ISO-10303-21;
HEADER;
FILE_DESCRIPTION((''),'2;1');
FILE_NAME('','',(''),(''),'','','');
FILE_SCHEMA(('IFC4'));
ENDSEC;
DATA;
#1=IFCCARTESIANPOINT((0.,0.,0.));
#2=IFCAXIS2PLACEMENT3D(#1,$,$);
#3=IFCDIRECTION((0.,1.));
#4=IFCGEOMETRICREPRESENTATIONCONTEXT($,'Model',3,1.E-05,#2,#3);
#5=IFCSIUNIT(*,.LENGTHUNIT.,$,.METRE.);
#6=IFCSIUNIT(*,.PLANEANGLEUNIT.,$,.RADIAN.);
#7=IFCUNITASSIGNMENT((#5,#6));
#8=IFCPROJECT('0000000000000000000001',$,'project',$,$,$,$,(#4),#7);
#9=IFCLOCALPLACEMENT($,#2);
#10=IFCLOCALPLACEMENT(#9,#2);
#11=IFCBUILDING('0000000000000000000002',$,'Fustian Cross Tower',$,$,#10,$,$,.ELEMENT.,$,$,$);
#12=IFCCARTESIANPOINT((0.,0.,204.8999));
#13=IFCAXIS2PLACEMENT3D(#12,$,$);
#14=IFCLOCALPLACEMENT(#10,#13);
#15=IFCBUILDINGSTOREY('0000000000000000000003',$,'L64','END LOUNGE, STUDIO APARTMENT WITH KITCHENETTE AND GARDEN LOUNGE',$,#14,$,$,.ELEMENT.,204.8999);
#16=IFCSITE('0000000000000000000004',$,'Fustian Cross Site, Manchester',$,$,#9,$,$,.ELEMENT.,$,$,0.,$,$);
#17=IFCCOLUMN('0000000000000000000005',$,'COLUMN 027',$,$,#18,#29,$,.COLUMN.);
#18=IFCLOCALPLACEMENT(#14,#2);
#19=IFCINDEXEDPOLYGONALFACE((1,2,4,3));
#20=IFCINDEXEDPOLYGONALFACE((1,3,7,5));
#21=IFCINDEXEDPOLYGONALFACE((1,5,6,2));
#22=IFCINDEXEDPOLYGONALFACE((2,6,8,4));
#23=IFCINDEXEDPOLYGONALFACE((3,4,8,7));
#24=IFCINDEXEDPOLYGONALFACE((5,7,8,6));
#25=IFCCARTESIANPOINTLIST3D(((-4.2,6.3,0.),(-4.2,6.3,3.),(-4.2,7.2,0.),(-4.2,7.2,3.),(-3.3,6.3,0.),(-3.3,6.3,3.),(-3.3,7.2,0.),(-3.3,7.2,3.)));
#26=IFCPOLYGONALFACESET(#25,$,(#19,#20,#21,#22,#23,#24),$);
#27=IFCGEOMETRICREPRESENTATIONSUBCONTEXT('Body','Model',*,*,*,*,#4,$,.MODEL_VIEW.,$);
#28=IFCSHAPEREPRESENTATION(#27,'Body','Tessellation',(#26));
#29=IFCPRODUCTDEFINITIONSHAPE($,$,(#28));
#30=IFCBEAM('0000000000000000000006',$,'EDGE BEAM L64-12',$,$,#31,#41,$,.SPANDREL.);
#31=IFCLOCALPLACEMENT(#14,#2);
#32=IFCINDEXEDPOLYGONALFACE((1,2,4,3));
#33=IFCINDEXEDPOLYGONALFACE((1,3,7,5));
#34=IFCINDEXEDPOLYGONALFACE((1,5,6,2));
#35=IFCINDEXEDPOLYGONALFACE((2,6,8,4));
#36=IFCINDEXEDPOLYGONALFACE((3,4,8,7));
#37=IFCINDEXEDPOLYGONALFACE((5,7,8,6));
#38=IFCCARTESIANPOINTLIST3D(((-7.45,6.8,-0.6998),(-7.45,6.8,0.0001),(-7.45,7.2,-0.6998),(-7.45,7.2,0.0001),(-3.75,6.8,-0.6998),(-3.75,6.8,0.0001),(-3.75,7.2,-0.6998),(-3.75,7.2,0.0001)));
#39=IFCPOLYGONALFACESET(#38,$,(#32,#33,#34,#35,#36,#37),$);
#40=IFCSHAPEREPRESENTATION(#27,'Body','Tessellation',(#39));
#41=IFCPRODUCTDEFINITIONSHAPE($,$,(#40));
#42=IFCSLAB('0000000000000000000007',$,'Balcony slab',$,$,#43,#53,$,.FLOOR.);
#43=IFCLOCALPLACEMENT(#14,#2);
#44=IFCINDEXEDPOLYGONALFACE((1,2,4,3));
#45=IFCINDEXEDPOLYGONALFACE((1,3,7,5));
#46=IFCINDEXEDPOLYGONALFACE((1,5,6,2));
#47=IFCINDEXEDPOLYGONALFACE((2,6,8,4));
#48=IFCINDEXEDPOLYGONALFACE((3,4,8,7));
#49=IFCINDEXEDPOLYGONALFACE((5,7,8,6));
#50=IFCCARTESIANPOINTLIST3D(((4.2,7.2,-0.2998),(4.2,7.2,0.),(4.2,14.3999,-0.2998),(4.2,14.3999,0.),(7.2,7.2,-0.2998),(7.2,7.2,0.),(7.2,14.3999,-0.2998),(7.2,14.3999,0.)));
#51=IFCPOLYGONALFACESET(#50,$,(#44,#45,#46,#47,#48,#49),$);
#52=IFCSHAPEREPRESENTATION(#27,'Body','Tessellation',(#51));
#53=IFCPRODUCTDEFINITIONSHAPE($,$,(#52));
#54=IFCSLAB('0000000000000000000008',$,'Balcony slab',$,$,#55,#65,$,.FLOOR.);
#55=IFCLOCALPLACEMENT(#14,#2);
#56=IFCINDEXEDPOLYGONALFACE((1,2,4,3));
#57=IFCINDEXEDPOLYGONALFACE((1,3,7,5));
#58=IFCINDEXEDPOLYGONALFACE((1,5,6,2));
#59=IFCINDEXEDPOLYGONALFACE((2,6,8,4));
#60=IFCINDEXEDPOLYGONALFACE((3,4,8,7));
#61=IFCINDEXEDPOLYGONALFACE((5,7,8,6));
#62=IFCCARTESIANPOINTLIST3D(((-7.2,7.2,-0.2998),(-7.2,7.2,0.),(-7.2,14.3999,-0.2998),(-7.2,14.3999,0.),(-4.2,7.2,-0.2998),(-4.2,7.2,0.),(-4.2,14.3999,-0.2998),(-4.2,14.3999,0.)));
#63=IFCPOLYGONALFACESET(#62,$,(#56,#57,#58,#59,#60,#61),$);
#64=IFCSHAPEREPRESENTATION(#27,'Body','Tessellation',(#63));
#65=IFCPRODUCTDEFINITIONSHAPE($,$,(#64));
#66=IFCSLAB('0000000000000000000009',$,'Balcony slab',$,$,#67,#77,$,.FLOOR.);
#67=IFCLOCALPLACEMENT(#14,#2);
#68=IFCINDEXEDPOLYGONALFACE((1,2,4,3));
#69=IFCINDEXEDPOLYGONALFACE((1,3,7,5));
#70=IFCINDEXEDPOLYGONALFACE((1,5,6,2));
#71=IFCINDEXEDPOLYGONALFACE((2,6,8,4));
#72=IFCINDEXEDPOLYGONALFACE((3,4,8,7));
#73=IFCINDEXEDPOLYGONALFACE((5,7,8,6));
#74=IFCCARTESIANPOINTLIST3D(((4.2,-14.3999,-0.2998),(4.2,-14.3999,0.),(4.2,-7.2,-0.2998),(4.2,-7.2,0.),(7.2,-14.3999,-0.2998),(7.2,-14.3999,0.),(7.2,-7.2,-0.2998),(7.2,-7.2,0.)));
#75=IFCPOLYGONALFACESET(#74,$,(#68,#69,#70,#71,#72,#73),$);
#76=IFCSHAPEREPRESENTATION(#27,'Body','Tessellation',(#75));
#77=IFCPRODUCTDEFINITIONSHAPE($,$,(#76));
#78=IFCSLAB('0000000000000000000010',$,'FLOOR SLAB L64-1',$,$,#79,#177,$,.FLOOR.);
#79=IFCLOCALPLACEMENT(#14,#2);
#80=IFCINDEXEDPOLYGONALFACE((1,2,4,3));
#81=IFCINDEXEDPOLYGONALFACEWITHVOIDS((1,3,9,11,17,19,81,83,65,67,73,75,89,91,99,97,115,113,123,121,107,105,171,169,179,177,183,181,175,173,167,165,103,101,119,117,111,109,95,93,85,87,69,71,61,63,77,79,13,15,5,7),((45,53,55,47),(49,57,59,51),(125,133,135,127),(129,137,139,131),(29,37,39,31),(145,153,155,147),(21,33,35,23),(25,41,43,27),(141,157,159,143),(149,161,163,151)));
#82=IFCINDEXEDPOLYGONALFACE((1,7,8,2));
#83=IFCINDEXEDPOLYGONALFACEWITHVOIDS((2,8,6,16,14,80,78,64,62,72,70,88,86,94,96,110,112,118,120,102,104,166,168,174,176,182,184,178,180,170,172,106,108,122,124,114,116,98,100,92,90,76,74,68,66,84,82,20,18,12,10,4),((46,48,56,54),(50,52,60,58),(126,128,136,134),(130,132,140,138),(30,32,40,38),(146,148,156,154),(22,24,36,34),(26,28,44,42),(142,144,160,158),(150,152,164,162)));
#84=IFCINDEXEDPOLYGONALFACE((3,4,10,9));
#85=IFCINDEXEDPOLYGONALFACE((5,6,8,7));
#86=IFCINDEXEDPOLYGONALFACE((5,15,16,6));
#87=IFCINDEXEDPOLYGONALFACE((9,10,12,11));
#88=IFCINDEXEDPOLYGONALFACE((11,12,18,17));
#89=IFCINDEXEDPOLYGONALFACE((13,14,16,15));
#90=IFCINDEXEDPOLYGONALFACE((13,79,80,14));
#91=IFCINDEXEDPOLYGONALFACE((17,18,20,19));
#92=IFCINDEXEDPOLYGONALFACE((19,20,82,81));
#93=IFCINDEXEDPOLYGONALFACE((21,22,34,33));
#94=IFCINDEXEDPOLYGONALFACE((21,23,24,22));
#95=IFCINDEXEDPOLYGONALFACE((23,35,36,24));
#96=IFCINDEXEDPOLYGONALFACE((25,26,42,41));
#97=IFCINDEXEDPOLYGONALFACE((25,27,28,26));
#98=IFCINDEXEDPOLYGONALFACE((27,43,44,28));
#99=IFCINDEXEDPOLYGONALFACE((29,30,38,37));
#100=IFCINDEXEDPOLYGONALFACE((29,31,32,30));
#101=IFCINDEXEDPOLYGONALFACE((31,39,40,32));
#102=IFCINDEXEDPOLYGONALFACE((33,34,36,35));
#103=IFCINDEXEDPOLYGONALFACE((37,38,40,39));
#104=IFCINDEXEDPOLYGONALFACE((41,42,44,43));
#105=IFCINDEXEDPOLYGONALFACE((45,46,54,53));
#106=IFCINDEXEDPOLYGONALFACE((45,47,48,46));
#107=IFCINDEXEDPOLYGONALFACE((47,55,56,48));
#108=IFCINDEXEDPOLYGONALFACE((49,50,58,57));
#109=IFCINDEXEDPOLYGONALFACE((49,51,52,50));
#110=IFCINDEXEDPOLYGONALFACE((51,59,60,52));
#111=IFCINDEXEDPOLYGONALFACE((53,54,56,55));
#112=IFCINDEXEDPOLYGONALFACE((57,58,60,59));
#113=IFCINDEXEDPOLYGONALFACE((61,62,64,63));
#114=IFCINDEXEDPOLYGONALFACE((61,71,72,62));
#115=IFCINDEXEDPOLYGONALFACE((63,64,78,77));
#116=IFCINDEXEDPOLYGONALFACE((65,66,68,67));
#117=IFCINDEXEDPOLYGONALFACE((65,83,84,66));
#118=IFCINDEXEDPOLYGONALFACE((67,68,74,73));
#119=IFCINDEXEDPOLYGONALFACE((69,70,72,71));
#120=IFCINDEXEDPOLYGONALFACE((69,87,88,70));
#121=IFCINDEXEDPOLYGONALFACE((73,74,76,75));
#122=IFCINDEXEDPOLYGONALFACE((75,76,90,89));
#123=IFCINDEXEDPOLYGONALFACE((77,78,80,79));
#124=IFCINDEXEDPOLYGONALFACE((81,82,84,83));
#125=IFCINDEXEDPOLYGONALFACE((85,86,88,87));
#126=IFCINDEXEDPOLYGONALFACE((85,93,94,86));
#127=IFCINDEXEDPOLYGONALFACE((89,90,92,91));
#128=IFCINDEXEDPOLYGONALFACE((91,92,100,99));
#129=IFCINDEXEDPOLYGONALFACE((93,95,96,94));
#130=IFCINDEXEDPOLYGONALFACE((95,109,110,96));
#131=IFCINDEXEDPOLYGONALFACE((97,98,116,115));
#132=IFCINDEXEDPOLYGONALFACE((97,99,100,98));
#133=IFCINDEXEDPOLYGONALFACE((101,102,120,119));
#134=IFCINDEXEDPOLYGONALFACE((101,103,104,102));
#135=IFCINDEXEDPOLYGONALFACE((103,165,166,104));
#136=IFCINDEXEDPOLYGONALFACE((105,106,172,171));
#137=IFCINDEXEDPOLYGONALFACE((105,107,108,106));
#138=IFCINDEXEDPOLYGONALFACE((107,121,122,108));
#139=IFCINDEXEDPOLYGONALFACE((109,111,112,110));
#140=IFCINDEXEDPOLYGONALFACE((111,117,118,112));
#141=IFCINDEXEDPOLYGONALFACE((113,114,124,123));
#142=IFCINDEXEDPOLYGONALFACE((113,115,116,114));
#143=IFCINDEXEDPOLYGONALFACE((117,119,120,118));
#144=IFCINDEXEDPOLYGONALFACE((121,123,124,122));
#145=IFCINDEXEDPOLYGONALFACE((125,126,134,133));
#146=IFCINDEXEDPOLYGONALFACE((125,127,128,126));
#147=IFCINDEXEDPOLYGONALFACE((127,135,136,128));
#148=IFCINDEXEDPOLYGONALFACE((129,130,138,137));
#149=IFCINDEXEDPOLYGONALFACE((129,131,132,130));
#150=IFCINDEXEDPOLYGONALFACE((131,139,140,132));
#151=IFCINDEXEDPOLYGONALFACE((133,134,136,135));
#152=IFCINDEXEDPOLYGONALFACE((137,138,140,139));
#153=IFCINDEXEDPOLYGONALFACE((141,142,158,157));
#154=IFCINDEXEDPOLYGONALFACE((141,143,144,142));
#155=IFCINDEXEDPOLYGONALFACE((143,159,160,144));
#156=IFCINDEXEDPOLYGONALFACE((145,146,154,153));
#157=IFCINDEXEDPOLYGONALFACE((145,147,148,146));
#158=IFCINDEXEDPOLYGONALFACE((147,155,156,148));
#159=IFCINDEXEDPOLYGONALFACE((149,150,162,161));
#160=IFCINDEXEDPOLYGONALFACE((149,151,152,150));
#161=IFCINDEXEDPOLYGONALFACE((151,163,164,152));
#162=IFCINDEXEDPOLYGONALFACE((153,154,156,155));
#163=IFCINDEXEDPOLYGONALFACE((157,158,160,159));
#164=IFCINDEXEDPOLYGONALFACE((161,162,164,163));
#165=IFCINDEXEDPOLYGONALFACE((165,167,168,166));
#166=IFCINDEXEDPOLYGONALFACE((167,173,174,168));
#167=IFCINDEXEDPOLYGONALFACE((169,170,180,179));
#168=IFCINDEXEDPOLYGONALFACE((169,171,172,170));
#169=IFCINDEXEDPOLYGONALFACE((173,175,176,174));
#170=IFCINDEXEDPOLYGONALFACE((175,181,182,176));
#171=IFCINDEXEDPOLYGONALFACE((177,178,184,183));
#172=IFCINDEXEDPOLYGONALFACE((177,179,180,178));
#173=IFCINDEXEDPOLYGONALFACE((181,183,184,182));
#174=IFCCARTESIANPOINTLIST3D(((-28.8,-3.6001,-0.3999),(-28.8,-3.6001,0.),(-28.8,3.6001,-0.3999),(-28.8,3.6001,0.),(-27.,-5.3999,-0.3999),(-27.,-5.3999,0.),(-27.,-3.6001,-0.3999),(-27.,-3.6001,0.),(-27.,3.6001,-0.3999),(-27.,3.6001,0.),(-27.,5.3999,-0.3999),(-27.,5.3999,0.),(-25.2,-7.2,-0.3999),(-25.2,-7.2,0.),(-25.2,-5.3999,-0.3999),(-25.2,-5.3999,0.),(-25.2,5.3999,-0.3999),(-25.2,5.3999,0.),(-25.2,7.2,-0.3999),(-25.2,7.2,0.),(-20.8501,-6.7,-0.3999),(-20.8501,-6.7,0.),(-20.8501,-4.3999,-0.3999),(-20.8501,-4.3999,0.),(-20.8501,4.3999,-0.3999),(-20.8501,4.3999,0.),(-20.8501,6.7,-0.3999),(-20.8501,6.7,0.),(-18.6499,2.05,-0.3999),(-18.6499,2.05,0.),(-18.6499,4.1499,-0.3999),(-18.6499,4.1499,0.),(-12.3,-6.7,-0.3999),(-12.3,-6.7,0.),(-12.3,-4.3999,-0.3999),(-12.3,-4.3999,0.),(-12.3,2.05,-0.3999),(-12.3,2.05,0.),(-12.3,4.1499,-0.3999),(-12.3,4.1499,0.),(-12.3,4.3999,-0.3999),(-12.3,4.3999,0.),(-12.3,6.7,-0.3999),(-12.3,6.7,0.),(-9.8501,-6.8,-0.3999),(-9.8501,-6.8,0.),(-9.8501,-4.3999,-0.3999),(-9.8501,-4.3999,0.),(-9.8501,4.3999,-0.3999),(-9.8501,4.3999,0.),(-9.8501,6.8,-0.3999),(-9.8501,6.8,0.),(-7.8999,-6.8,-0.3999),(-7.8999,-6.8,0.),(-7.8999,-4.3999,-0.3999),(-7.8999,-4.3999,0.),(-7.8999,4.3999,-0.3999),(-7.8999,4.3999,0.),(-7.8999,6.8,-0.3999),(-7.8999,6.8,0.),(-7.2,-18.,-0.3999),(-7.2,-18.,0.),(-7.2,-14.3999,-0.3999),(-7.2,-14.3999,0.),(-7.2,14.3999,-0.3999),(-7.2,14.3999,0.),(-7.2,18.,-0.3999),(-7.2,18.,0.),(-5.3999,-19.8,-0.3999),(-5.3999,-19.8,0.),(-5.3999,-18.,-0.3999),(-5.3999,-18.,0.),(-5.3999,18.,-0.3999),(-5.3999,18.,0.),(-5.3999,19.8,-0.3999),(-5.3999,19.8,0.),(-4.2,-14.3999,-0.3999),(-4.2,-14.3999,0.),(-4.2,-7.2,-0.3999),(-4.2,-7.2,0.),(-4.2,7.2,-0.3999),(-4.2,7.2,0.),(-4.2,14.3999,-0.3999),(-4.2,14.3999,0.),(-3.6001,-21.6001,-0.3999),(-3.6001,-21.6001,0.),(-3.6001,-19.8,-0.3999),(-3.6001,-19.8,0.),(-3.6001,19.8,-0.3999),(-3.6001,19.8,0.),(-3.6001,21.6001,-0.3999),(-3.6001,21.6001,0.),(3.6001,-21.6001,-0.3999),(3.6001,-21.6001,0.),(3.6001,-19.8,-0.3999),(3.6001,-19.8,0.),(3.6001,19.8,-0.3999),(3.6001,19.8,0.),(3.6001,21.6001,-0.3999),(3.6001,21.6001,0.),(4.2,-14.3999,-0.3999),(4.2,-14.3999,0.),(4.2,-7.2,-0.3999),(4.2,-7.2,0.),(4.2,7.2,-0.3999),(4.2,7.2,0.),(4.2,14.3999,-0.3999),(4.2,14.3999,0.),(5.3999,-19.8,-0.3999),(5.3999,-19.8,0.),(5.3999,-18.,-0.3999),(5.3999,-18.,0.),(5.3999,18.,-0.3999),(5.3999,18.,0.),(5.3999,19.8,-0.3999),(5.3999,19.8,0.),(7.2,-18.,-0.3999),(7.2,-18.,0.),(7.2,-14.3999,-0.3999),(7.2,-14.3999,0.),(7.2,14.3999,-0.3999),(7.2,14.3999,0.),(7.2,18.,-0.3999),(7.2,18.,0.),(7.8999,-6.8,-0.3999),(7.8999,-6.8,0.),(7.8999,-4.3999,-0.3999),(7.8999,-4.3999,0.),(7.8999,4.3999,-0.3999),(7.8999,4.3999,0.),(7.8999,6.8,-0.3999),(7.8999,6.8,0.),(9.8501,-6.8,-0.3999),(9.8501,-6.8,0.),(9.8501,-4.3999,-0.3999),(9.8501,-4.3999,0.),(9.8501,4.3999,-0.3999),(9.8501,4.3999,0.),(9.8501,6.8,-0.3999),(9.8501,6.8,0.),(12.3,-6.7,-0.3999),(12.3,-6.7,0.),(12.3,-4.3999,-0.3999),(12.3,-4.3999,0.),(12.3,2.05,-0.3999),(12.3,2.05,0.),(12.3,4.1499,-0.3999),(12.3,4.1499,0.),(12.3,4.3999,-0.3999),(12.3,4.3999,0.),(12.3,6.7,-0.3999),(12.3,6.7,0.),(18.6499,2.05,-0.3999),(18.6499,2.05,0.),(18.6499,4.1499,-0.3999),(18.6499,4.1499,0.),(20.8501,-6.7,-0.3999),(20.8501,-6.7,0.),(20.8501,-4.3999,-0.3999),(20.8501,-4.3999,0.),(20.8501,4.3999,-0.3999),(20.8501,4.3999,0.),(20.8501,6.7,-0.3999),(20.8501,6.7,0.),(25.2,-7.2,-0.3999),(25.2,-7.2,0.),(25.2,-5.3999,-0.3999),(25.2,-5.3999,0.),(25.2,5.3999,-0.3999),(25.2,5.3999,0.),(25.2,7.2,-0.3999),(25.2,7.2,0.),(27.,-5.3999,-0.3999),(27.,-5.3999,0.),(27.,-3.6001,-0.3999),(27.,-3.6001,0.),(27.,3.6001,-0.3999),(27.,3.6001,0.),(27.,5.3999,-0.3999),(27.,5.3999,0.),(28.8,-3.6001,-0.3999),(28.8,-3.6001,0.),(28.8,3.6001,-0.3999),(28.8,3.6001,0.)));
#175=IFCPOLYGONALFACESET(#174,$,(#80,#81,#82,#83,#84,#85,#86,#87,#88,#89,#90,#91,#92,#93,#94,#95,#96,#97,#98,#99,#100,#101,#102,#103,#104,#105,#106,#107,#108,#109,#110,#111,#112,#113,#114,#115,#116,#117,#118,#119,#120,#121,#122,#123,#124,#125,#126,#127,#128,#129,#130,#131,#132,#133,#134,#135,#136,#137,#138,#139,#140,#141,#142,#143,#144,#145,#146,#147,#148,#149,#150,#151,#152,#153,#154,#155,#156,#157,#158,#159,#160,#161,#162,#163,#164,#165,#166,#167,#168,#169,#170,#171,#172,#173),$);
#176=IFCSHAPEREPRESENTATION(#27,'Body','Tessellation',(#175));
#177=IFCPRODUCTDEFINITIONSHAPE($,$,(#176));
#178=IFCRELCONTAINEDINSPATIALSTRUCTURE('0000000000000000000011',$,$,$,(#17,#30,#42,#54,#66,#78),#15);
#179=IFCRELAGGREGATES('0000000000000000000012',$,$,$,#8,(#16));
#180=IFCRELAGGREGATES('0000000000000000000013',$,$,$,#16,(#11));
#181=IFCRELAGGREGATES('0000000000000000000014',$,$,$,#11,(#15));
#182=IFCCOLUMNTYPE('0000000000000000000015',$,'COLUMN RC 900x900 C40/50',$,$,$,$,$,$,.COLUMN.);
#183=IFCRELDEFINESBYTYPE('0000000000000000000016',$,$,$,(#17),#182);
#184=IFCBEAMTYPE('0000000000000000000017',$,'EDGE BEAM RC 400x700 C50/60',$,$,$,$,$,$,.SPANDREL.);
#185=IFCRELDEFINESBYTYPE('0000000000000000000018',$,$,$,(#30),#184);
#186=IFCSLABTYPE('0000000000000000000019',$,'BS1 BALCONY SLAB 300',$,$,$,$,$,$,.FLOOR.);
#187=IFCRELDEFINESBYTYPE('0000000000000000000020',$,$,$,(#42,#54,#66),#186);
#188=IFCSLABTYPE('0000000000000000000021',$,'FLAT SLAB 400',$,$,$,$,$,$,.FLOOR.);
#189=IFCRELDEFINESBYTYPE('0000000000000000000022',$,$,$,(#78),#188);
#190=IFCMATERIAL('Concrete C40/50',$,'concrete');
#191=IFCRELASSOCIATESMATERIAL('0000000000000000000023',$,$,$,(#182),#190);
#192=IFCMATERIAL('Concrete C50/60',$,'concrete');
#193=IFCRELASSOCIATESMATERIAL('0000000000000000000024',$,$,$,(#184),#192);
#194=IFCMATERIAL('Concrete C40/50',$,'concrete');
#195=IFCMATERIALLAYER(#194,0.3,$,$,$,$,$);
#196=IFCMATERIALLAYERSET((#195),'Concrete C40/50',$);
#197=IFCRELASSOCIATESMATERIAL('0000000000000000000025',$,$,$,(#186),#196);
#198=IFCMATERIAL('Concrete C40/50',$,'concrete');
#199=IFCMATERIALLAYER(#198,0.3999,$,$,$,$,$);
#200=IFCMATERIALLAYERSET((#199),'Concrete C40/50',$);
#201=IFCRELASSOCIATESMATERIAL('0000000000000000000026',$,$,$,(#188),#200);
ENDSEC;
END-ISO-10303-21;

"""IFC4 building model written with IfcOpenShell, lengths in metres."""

from ifc_helpers import new_model, si_unit, direction, frame, origin, origin_2d, place, context, subcontext, project, spatial, polyline, rectangle, outline, extrude, material, layer, layer_set, material_profile, profile_set, type_object, element, save


model = new_model("IFC4")

# Units and contexts
model_context = context("Model", 3, precision=1e-05, world=origin(), true_north=direction((0.0, 1.0)))
body_context = subcontext(model_context, "Body", "Model", "MODEL_VIEW")
ifc_project = project(units=[si_unit("LENGTHUNIT", "METRE"), si_unit("PLANEANGLEUNIT", "RADIAN")], contexts=[model_context])

# Site, building, storey
site_placement = place(None, origin())
site = spatial("IfcSite", under=ifc_project, at=site_placement, Name="Fustian Cross Site, Manchester", CompositionType="ELEMENT", RefElevation=0.0)
building_placement = place(site_placement, origin())
building = spatial("IfcBuilding", under=site, at=building_placement, Name="Fustian Cross Tower", CompositionType="ELEMENT")
storey_placement = place(building_placement, frame((0.0, 0.0, 204.8999)))
storey = spatial("IfcBuildingStorey", under=building, at=storey_placement, Name="L64", Description="END LOUNGE, STUDIO APARTMENT WITH KITCHENETTE AND GARDEN LOUNGE", CompositionType="ELEMENT", Elevation=204.8999)

# Column
ifc_material_1 = material(Name="Concrete C40/50", Category="concrete")
ifc_material_profile_1 = material_profile(ifc_material_1, rectangle(XDim=0.8999, YDim=0.8999, at=origin_2d()), Name="RC 900x900")
ifc_profile_set_1 = profile_set([ifc_material_profile_1], Name="Concrete C40/50")
column_type = type_object("IfcColumnType", Name="COLUMN RC 900x900 C40/50", PredefinedType="COLUMN", material=ifc_profile_set_1)
column_placement = place(storey_placement, frame((-3.75, 6.75, 0.0), z_axis=(0.0, 0.0, 1.0), x_axis=(1.0, 0.0, 0.0)))
element("IfcColumn", 1, at=column_placement, inside=storey, type_object=column_type, Name="COLUMN 027", PredefinedType="COLUMN", context=body_context, shape_type="SweptSolid", body=[
    extrude(rectangle(XDim=0.8999, YDim=0.8999, at=origin_2d()), origin(), (0.0, 0.0, 1.0), 3.0),
])

# Beam
ifc_material_2 = material(Name="Concrete C50/60", Category="concrete")
ifc_material_profile_2 = material_profile(ifc_material_2, rectangle(XDim=0.3999, YDim=0.7, at=origin_2d()), Name="RC 400x700")
ifc_profile_set_2 = profile_set([ifc_material_profile_2], Name="Concrete C50/60")
beam_type = type_object("IfcBeamType", Name="EDGE BEAM RC 400x700 C50/60", PredefinedType="SPANDREL", material=ifc_profile_set_2)
beam_placement = place(storey_placement, frame((-3.75, 7.0, -0.3499), z_axis=(-1.0, 0.0, 0.0), x_axis=(0.0, -1.0, 0.0)))
element("IfcBeam", 2, at=beam_placement, inside=storey, type_object=beam_type, Name="EDGE BEAM L64-12", PredefinedType="SPANDREL", context=body_context, shape_type="SweptSolid", body=[
    extrude(rectangle(XDim=0.3999, YDim=0.7, at=origin_2d()), origin(), (0.0, 0.0, 1.0), 3.7),
])

# Slabs
ifc_material_3 = material(Name="Concrete C40/50", Category="concrete")
ifc_layer_1 = layer(ifc_material_3, 0.3)
ifc_layer_set_1 = layer_set([ifc_layer_1], Name="Concrete C40/50")
slab_type_1 = type_object("IfcSlabType", Name="BS1 BALCONY SLAB 300", PredefinedType="FLOOR", material=ifc_layer_set_1)
slab_1_placement = place(storey_placement, frame((0.0, 0.0, -0.2998)))
element("IfcSlab", 3, at=slab_1_placement, inside=storey, type_object=slab_type_1, Name="Balcony slab", PredefinedType="FLOOR", context=body_context, shape_type="SweptSolid", body=[
    extrude(outline(polyline([(4.2, 7.2), (7.2, 7.2), (7.2, 14.3999), (4.2, 14.3999), (4.2, 7.2)])), origin(), (0.0, 0.0, 1.0), 0.2998),
])
slab_2_placement = place(storey_placement, frame((0.0, 0.0, -0.2998)))
element("IfcSlab", 4, at=slab_2_placement, inside=storey, type_object=slab_type_1, Name="Balcony slab", PredefinedType="FLOOR", context=body_context, shape_type="SweptSolid", body=[
    extrude(outline(polyline([(-7.2, 7.2), (-4.2, 7.2), (-4.2, 14.3999), (-7.2, 14.3999), (-7.2, 7.2)])), origin(), (0.0, 0.0, 1.0), 0.2998),
])
slab_3_placement = place(storey_placement, frame((0.0, 0.0, -0.2998)))
element("IfcSlab", 5, at=slab_3_placement, inside=storey, type_object=slab_type_1, Name="Balcony slab", PredefinedType="FLOOR", context=body_context, shape_type="SweptSolid", body=[
    extrude(outline(polyline([(4.2, -14.3999), (7.2, -14.3999), (7.2, -7.2), (4.2, -7.2), (4.2, -14.3999)])), origin(), (0.0, 0.0, 1.0), 0.2998),
])
ifc_material_4 = material(Name="Concrete C40/50", Category="concrete")
ifc_layer_2 = layer(ifc_material_4, 0.3999)
ifc_layer_set_2 = layer_set([ifc_layer_2], Name="Concrete C40/50")
slab_type_2 = type_object("IfcSlabType", Name="FLAT SLAB 400", PredefinedType="FLOOR", material=ifc_layer_set_2)
slab_4_placement = place(storey_placement, frame((0.0, 0.0, -0.3999)))
element("IfcSlab", 6, at=slab_4_placement, inside=storey, type_object=slab_type_2, Name="FLOOR SLAB L64-1", PredefinedType="FLOOR", context=body_context, shape_type="SweptSolid", body=[
    extrude(outline(polyline([(-3.6001, -19.8), (-5.3999, -19.8), (-5.3999, -18.0), (-7.2, -18.0), (-7.2, -14.3999), (-4.2, -14.3999), (-4.2, -7.2), (-25.2, -7.2), (-25.2, -5.3999), (-27.0, -5.3999), (-27.0, -3.6001), (-28.8, -3.6001), (-28.8, 3.6001), (-27.0, 3.6001), (-27.0, 5.3999), (-25.2, 5.3999), (-25.2, 7.2), (-4.2, 7.2), (-4.2, 14.3999), (-7.2, 14.3999), (-7.2, 18.0), (-5.3999, 18.0), (-5.3999, 19.8), (-3.6001, 19.8), (-3.6001, 21.6001), (3.6001, 21.6001), (3.6001, 19.8), (5.3999, 19.8), (5.3999, 18.0), (7.2, 18.0), (7.2, 14.3999), (4.2, 14.3999), (4.2, 7.2), (25.2, 7.2), (25.2, 5.3999), (27.0, 5.3999), (27.0, 3.6001), (28.8, 3.6001), (28.8, -3.6001), (27.0, -3.6001), (27.0, -5.3999), (25.2, -5.3999), (25.2, -7.2), (4.2, -7.2), (4.2, -14.3999), (7.2, -14.3999), (7.2, -18.0), (5.3999, -18.0), (5.3999, -19.8), (3.6001, -19.8), (3.6001, -21.6001), (-3.6001, -21.6001), (-3.6001, -19.8)]), holes=[polyline([(7.8999, 6.8), (7.8999, 4.3999), (9.8501, 4.3999), (9.8501, 6.8), (7.8999, 6.8)]), polyline([(9.8501, -4.3999), (7.8999, -4.3999), (7.8999, -6.8), (9.8501, -6.8), (9.8501, -4.3999)]), polyline([(-7.8999, 4.3999), (-7.8999, 6.8), (-9.8501, 6.8), (-9.8501, 4.3999), (-7.8999, 4.3999)]), polyline([(-9.8501, -6.8), (-7.8999, -6.8), (-7.8999, -4.3999), (-9.8501, -4.3999), (-9.8501, -6.8)]), polyline([(12.3, 4.1499), (12.3, 2.05), (18.6499, 2.05), (18.6499, 4.1499), (12.3, 4.1499)]), polyline([(-12.3, 4.1499), (-18.6499, 4.1499), (-18.6499, 2.05), (-12.3, 2.05), (-12.3, 4.1499)]), polyline([(20.8501, 4.3999), (20.8501, 6.7), (12.3, 6.7), (12.3, 4.3999), (20.8501, 4.3999)]), polyline([(12.3, -6.7), (20.8501, -6.7), (20.8501, -4.3999), (12.3, -4.3999), (12.3, -6.7)]), polyline([(-20.8501, 6.7), (-20.8501, 4.3999), (-12.3, 4.3999), (-12.3, 6.7), (-20.8501, 6.7)]), polyline([(-12.3, -4.3999), (-20.8501, -4.3999), (-20.8501, -6.7), (-12.3, -6.7), (-12.3, -4.3999)])]), origin(), (0.0, 0.0, 1.0), 0.3999),
])

save(model, "model.ifc")
